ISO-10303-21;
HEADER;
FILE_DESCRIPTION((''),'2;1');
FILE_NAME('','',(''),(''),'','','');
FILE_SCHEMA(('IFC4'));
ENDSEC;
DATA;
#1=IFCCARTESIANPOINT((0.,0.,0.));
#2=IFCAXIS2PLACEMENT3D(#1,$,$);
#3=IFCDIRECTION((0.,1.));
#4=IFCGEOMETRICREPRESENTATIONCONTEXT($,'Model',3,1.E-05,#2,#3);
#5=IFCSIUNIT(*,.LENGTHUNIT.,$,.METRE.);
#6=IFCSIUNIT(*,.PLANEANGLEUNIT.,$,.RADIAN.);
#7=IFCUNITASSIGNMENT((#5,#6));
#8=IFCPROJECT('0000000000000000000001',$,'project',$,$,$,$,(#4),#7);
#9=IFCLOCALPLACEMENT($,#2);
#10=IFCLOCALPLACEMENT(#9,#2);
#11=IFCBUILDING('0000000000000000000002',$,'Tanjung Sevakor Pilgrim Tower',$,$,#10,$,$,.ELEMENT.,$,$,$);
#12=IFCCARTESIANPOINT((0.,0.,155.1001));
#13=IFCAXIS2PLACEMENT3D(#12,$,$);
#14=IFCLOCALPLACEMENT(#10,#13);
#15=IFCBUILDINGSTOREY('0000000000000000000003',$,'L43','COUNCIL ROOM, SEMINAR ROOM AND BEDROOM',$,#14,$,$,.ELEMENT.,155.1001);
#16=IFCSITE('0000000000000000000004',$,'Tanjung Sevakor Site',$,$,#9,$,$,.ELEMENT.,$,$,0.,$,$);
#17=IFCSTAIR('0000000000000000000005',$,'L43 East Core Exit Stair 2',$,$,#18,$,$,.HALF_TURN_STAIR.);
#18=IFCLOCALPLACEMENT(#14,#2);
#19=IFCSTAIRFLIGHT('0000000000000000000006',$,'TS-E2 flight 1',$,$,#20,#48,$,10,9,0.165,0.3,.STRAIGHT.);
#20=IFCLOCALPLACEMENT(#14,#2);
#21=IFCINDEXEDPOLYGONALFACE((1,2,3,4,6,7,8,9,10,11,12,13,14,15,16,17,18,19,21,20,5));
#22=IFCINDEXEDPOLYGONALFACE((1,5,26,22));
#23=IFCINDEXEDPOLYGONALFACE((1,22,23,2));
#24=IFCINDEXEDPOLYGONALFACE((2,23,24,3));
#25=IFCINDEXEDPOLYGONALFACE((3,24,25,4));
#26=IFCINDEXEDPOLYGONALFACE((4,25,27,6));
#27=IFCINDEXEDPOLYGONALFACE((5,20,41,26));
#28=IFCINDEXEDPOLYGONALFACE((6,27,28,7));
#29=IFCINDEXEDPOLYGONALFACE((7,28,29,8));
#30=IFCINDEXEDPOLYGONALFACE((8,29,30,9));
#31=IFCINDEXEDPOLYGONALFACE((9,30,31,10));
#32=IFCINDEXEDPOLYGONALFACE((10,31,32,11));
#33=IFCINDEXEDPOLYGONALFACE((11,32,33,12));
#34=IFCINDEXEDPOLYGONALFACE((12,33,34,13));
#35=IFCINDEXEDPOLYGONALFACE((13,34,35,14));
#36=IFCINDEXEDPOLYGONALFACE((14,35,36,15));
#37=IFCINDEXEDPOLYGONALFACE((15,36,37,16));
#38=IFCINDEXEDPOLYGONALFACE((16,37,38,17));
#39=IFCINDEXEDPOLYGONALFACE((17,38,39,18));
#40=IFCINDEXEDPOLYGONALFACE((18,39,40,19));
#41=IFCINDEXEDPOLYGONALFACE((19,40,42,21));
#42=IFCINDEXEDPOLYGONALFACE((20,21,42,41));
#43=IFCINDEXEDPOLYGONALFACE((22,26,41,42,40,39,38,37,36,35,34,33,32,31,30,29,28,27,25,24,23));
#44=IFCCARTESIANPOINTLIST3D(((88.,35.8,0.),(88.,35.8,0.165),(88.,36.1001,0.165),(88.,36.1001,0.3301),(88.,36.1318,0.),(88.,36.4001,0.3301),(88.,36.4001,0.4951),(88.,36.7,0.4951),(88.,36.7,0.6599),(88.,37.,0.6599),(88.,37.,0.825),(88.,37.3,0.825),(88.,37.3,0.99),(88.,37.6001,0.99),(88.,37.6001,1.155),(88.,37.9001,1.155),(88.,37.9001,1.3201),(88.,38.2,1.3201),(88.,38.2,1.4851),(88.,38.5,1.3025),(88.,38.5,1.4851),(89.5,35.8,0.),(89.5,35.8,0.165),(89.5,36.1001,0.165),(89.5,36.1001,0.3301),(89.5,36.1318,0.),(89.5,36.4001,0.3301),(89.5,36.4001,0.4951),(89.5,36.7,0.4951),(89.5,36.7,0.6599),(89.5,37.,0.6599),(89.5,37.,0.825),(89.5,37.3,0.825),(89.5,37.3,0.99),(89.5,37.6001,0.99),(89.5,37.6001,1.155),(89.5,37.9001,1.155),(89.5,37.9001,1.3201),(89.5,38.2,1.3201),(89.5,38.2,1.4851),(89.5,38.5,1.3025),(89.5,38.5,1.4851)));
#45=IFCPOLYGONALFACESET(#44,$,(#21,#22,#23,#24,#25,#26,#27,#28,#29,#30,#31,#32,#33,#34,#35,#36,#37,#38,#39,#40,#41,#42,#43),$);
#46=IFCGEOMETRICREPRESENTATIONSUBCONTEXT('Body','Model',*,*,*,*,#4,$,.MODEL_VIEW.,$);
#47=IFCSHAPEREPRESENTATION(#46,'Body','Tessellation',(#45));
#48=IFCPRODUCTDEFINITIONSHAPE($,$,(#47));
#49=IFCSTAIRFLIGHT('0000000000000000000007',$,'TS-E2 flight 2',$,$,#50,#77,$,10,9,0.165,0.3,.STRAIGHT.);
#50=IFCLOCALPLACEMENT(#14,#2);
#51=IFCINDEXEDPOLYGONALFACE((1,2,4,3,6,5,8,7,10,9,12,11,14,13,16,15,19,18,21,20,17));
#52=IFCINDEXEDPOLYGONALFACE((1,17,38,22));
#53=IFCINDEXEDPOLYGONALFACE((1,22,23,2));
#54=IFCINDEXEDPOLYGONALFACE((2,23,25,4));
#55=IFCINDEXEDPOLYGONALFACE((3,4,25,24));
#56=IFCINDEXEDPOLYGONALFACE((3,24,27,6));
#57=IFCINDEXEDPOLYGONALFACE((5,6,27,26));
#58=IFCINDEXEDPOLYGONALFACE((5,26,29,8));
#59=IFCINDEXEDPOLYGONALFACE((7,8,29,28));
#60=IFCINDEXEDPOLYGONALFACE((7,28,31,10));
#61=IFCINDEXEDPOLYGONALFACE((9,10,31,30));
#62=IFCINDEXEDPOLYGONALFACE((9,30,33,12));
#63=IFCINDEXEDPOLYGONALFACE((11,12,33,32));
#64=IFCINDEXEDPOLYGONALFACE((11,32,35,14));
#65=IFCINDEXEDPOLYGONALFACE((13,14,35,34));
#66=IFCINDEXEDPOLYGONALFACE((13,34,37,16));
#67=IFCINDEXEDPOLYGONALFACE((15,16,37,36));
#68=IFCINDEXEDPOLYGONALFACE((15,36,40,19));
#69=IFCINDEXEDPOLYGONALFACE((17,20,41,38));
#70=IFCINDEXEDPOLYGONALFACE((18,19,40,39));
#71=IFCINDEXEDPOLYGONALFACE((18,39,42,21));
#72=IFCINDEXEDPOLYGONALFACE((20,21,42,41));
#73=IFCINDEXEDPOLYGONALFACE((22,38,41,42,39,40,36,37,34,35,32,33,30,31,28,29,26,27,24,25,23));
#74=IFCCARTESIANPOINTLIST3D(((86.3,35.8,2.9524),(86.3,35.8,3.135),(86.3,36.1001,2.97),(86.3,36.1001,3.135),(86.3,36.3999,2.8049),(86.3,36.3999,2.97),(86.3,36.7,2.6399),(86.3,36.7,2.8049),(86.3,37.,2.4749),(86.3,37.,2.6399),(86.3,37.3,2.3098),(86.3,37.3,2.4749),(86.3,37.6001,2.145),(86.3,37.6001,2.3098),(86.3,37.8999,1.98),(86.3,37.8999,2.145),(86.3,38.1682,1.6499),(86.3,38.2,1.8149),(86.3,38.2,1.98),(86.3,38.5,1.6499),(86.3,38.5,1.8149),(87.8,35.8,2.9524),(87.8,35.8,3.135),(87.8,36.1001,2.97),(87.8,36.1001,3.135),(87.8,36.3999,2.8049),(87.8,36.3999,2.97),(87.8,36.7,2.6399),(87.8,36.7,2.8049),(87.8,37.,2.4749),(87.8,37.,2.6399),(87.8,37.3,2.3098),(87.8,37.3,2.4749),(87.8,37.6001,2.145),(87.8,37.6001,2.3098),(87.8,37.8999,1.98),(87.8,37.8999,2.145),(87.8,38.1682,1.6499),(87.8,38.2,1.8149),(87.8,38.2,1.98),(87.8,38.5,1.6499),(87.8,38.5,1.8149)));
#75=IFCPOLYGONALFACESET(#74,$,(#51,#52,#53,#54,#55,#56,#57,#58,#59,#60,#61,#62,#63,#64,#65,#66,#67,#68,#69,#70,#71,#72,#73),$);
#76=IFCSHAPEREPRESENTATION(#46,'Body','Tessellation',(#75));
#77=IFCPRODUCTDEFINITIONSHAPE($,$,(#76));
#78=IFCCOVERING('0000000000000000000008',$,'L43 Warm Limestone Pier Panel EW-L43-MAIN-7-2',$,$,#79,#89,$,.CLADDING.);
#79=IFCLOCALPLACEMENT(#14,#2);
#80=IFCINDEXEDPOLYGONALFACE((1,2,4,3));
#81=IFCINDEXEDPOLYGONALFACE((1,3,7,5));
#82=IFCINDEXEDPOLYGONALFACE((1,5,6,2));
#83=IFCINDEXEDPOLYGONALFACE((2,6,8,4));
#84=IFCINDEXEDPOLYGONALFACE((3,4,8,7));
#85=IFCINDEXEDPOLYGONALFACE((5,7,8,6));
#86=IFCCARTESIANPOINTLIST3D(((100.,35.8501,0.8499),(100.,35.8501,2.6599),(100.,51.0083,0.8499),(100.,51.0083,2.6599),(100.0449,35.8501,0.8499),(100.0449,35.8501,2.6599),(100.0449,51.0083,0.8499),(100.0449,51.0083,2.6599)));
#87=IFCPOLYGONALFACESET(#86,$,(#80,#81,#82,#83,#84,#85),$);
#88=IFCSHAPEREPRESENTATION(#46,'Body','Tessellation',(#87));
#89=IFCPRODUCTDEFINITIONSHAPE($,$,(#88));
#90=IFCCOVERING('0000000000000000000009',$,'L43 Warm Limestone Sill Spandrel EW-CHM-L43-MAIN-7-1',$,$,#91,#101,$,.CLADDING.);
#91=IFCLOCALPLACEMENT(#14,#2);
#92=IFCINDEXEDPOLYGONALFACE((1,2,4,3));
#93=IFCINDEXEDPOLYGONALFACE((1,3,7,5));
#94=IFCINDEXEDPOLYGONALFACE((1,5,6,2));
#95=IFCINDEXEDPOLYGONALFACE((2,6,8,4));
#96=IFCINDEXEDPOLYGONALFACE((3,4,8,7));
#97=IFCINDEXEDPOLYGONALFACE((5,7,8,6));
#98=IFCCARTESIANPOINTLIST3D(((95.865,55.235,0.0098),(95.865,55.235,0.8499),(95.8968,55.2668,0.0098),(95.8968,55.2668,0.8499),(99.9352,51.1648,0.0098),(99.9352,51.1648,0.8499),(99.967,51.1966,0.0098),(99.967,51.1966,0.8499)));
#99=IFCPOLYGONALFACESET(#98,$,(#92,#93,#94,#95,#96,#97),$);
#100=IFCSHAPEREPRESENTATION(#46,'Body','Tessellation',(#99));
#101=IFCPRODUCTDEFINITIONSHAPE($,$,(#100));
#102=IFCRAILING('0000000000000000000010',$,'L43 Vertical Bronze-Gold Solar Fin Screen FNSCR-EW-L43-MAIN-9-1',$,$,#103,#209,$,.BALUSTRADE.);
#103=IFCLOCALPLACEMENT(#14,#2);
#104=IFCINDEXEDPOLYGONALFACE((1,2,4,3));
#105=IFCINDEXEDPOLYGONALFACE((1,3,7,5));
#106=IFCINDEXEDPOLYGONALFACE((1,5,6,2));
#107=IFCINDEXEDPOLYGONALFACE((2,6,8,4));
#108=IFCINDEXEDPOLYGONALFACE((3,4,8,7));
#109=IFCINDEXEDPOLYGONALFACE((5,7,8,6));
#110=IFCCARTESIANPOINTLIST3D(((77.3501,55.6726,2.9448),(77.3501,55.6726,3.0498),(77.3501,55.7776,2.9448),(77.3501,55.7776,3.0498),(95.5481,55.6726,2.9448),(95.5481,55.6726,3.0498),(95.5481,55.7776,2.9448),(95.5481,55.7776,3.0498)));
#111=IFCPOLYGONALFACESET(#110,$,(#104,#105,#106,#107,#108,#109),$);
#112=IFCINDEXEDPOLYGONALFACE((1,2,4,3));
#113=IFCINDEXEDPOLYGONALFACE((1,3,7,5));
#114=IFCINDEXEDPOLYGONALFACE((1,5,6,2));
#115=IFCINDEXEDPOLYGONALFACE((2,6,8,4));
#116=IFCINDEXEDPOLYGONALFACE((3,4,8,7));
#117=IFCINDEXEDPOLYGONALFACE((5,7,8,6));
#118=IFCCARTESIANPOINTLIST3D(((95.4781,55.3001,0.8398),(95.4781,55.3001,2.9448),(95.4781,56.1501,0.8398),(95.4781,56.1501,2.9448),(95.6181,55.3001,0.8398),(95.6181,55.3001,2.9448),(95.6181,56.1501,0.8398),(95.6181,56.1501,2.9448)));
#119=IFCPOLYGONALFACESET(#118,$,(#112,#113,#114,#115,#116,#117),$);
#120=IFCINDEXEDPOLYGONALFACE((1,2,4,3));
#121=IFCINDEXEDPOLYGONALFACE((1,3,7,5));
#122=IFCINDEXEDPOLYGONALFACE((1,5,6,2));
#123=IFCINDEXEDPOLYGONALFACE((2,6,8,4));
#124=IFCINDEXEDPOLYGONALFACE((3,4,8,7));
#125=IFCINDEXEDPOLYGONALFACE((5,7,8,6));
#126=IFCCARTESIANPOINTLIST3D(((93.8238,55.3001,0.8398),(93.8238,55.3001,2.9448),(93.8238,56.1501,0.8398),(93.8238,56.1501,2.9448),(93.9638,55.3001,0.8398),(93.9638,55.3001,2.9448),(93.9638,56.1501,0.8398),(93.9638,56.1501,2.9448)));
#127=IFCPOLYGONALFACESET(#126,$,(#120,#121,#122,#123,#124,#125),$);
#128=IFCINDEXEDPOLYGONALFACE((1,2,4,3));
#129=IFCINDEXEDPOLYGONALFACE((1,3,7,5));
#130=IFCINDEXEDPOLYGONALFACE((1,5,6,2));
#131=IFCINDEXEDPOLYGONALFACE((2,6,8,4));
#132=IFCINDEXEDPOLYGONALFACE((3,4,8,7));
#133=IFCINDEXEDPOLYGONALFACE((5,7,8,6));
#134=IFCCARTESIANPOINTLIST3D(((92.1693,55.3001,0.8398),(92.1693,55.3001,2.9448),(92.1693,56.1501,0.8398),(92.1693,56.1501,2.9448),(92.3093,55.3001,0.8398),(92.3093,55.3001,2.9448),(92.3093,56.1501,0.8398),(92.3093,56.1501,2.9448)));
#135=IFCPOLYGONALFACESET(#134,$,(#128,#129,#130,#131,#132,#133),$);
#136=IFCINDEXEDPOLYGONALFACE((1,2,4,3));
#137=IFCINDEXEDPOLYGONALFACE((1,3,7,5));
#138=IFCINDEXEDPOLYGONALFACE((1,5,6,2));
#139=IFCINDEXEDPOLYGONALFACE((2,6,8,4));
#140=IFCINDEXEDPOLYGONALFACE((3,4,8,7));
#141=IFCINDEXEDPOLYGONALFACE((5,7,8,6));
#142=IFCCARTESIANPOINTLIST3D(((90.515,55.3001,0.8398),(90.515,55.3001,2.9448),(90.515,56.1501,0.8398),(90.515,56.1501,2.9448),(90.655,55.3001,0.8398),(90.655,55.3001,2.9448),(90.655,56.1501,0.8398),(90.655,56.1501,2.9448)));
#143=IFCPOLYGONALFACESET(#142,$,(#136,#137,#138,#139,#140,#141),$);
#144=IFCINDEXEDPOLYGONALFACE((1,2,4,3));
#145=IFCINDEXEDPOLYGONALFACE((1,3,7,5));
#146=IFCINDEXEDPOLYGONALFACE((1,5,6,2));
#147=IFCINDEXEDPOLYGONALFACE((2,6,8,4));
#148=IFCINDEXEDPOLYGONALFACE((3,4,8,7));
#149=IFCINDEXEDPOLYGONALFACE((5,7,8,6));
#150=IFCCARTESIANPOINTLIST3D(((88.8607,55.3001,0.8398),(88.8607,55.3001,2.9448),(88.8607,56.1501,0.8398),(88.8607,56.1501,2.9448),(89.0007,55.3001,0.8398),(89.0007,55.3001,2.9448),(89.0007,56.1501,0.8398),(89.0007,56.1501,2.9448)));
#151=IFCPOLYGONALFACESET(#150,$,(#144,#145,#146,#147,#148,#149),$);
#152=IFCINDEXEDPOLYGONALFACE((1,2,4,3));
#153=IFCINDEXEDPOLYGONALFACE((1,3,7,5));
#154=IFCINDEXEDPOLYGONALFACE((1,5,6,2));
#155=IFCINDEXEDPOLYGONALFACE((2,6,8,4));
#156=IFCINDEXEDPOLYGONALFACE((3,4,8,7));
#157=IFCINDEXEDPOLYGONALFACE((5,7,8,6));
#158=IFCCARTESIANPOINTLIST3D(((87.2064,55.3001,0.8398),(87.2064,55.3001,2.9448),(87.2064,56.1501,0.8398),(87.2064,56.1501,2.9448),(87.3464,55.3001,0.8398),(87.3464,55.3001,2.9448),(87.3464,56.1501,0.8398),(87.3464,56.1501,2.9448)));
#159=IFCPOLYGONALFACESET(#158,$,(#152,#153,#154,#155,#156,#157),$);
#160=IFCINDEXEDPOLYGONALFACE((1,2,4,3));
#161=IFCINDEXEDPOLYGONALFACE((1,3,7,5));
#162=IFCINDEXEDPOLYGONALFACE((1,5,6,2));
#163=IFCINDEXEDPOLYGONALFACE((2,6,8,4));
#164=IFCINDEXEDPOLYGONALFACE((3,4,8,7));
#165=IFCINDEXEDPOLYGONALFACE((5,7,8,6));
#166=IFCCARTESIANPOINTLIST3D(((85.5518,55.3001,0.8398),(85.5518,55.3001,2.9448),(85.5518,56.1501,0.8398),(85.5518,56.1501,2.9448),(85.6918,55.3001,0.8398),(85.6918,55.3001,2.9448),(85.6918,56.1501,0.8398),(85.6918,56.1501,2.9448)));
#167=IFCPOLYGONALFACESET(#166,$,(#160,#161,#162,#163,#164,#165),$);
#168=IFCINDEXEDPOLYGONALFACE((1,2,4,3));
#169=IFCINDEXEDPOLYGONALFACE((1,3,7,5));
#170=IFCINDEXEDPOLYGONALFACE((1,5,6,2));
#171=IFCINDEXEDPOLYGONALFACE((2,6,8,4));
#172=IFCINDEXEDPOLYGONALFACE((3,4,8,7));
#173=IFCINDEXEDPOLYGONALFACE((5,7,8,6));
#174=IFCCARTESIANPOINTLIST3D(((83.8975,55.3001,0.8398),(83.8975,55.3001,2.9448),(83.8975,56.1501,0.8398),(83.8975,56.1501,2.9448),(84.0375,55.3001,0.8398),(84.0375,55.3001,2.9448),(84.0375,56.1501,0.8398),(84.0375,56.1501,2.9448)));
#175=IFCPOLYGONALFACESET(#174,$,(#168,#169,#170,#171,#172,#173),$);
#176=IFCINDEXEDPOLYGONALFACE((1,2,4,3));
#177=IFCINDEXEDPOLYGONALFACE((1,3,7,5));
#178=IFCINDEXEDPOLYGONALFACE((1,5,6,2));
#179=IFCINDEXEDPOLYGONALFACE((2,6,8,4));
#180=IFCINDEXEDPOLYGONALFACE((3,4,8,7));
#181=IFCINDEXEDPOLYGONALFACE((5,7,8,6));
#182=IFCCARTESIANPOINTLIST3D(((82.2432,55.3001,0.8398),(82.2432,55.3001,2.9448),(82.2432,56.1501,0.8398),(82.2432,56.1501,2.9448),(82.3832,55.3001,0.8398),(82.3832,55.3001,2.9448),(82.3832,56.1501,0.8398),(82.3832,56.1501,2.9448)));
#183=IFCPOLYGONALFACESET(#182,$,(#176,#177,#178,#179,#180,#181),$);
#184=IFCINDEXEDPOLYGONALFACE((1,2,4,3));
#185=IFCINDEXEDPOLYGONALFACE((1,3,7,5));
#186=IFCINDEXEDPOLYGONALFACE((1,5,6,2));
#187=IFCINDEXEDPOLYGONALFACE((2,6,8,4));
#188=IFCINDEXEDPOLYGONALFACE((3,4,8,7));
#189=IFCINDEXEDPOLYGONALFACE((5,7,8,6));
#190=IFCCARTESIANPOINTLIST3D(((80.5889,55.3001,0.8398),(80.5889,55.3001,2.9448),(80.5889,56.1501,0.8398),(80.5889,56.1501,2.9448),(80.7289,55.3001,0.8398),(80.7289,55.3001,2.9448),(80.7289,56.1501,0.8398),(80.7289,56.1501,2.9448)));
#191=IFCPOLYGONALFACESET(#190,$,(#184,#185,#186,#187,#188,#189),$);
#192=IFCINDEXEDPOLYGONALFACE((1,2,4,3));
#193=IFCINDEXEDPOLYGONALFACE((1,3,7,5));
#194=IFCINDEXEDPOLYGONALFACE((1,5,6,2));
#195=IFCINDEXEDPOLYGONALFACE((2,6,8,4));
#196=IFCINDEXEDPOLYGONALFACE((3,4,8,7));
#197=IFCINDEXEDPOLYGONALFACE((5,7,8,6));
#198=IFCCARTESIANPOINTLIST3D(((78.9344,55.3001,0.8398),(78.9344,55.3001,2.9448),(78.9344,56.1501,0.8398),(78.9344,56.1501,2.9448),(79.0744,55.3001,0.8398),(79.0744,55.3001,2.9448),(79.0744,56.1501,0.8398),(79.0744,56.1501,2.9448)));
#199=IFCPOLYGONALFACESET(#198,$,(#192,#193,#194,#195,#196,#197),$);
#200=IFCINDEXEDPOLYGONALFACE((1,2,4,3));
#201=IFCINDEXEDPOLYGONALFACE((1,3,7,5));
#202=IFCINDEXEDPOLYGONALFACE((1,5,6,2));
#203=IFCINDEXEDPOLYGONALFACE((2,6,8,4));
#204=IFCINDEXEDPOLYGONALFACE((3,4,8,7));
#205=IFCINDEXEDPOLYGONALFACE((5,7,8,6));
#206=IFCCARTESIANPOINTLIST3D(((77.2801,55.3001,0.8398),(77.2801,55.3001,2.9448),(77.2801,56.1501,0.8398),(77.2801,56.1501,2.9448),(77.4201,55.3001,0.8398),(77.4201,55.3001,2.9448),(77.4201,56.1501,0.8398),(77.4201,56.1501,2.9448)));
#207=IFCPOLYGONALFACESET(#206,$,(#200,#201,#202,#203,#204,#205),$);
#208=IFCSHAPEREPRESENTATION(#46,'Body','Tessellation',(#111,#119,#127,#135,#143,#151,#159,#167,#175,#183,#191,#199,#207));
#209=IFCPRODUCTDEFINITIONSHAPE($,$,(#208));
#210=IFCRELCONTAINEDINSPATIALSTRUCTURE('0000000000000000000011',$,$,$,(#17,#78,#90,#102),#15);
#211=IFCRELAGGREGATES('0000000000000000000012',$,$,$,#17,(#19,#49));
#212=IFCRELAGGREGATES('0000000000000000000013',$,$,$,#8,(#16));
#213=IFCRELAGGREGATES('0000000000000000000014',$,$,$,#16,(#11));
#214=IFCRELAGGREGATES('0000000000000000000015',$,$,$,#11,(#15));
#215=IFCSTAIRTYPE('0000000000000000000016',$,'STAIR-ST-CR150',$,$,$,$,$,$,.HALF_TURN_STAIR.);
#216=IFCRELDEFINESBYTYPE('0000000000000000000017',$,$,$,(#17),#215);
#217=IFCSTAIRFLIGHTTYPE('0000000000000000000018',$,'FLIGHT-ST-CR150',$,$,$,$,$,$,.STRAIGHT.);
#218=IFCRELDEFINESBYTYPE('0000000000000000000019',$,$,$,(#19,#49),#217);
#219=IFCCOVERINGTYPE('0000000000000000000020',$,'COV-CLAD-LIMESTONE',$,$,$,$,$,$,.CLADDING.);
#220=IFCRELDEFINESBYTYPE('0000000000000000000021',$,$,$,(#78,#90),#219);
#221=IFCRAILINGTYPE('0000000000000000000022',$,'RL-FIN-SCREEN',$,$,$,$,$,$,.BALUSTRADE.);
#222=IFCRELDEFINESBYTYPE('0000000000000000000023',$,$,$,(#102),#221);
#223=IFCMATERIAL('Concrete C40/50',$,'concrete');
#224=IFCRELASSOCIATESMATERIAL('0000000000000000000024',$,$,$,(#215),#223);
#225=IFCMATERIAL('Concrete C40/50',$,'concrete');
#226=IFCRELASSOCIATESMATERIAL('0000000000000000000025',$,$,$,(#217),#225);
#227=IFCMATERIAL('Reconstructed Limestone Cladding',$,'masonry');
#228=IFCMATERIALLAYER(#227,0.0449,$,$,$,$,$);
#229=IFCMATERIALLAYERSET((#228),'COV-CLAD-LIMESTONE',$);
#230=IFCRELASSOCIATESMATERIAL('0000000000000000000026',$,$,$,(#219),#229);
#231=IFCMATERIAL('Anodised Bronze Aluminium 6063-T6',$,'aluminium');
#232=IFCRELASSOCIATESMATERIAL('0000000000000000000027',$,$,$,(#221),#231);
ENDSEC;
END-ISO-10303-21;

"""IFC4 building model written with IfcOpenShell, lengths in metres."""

from ifc_helpers import new_model, si_unit, direction, frame, origin, origin_2d, place, context, subcontext, project, spatial, polyline, rectangle, outline, extrude, material, layer, layer_set, type_object, element, aggregate, save


model = new_model("IFC4")

# Units and contexts
model_context = context("Model", 3, precision=1e-05, world=origin(), true_north=direction((0.0, 1.0)))
body_context = subcontext(model_context, "Body", "Model", "MODEL_VIEW")
ifc_project = project(units=[si_unit("LENGTHUNIT", "METRE"), si_unit("PLANEANGLEUNIT", "RADIAN")], contexts=[model_context])

# Site, building, storey
site_placement = place(None, origin())
site = spatial("IfcSite", under=ifc_project, at=site_placement, Name="Tanjung Sevakor Site", CompositionType="ELEMENT", RefElevation=0.0)
building_placement = place(site_placement, origin())
building = spatial("IfcBuilding", under=site, at=building_placement, Name="Tanjung Sevakor Pilgrim Tower", CompositionType="ELEMENT")
storey_placement = place(building_placement, frame((0.0, 0.0, 155.1001)))
storey = spatial("IfcBuildingStorey", under=building, at=storey_placement, Name="L43", Description="COUNCIL ROOM, SEMINAR ROOM AND BEDROOM", CompositionType="ELEMENT", Elevation=155.1001)

# Stair, stair flights
ifc_material_1 = material(Name="Concrete C40/50", Category="concrete")
stair_type = type_object("IfcStairType", Name="STAIR-ST-CR150", PredefinedType="HALF_TURN_STAIR", material=ifc_material_1)
stair_placement = place(storey_placement, origin())
stair = element("IfcStair", 1, at=stair_placement, inside=storey, type_object=stair_type, Name="L43 East Core Exit Stair 2", PredefinedType="HALF_TURN_STAIR")
ifc_material_2 = material(Name="Concrete C40/50", Category="concrete")
stair_flight_type = type_object("IfcStairFlightType", Name="FLIGHT-ST-CR150", PredefinedType="STRAIGHT", material=ifc_material_2)
stair_flight_1_placement = place(storey_placement, frame((88.75, 35.8, 0.0), z_axis=(0.0, 0.0, 1.0), x_axis=(0.0, 1.0, 0.0)))
stair_flight_1 = element("IfcStairFlight", 2, at=stair_flight_1_placement, type_object=stair_flight_type, Name="TS-E2 flight 1", NumberOfRisers=10, NumberOfTreads=9, PredefinedType="STRAIGHT", RiserHeight=0.165, TreadLength=0.3, context=body_context, shape_type="SweptSolid", body=[
    extrude(outline(polyline([(0.0, 0.0), (0.0, 0.165), (0.3, 0.165), (0.3, 0.3301), (0.6001, 0.3301), (0.6001, 0.4951), (0.8999, 0.4951), (0.8999, 0.6599), (1.2, 0.6599), (1.2, 0.825), (1.5, 0.825), (1.5, 0.99), (1.8, 0.99), (1.8, 1.155), (2.1001, 1.155), (2.1001, 1.3201), (2.3999, 1.3201), (2.3999, 1.4851), (2.7, 1.4851), (2.7, 1.6499), (2.7, 1.3025), (0.3318, 0.0), (0.0, 0.0)])), frame((0.0, 0.75, 0.0), z_axis=(0.0, -1.0, 0.0), x_axis=(1.0, 0.0, 0.0)), (0.0, 0.0, 1.0), 1.5),
])
stair_flight_2_placement = place(storey_placement, frame((87.05, 38.5, 1.6499), z_axis=(0.0, 0.0, 1.0), x_axis=(0.0, -1.0, 0.0)))
stair_flight_2 = element("IfcStairFlight", 3, at=stair_flight_2_placement, type_object=stair_flight_type, Name="TS-E2 flight 2", NumberOfRisers=10, NumberOfTreads=9, PredefinedType="STRAIGHT", RiserHeight=0.165, TreadLength=0.3, context=body_context, shape_type="SweptSolid", body=[
    extrude(outline(polyline([(0.0, 0.0), (0.0, 0.165), (0.3, 0.165), (0.3, 0.3301), (0.6001, 0.3301), (0.6001, 0.4951), (0.8999, 0.4951), (0.8999, 0.6599), (1.2, 0.6599), (1.2, 0.825), (1.5, 0.825), (1.5, 0.99), (1.8, 0.99), (1.8, 1.155), (2.1001, 1.155), (2.1001, 1.3201), (2.3999, 1.3201), (2.3999, 1.4851), (2.7, 1.4851), (2.7, 1.6499), (2.7, 1.3025), (0.3318, 0.0), (0.0, 0.0)])), frame((0.0, 0.75, 0.0), z_axis=(0.0, -1.0, 0.0), x_axis=(1.0, 0.0, 0.0)), (0.0, 0.0, 1.0), 1.5),
])
aggregate(stair, [stair_flight_1, stair_flight_2])

# Coverings
ifc_material_3 = material(Name="Reconstructed Limestone Cladding", Category="masonry")
ifc_layer_1 = layer(ifc_material_3, 0.0449)
ifc_layer_set_1 = layer_set([ifc_layer_1], Name="COV-CLAD-LIMESTONE")
covering_type = type_object("IfcCoveringType", Name="COV-CLAD-LIMESTONE", PredefinedType="CLADDING", material=ifc_layer_set_1)
covering_1_placement = place(storey_placement, frame((100.0225, 43.4292, 0.8499), z_axis=(0.0, 0.0, 1.0), x_axis=(0.0, 1.0, 0.0)))
element("IfcCovering", 4, at=covering_1_placement, inside=storey, type_object=covering_type, Name="L43 Warm Limestone Pier Panel EW-L43-MAIN-7-2", PredefinedType="CLADDING", context=body_context, shape_type="SweptSolid", body=[
    extrude(rectangle(XDim=15.1582, YDim=0.0449, at=origin_2d()), origin(), (0.0, 0.0, 1.0), 1.8101),
])
covering_2_placement = place(storey_placement, frame((97.916, 53.2158, 0.0098), z_axis=(0.0, 0.0, 1.0), x_axis=(-0.707107, 0.707107, 0.0)))
element("IfcCovering", 5, at=covering_2_placement, inside=storey, type_object=covering_type, Name="L43 Warm Limestone Sill Spandrel EW-CHM-L43-MAIN-7-1", PredefinedType="CLADDING", context=body_context, shape_type="SweptSolid", body=[
    extrude(rectangle(XDim=5.7561, YDim=0.0449, at=origin_2d()), origin(), (0.0, 0.0, 1.0), 0.8401),
])

# Railing
ifc_material_4 = material(Name="Anodised Bronze Aluminium 6063-T6", Category="aluminium")
railing_type_1 = type_object("IfcRailingType", Name="RL-FIN-SCREEN", PredefinedType="BALUSTRADE", material=ifc_material_4)
railing_1_placement = place(storey_placement, frame((95.5481, 55.7251, 0.8398)))
element("IfcRailing", 6, at=railing_1_placement, inside=storey, type_object=railing_type_1, Name="L43 Vertical Bronze-Gold Solar Fin Screen FNSCR-EW-L43-MAIN-9-1", PredefinedType="BALUSTRADE", context=body_context, shape_type="SweptSolid", body=[
    extrude(rectangle(XDim=0.105, YDim=0.105), frame((0.0, 0.0, 2.1575), z_axis=(-1.0, 0.0, 0.0), x_axis=(0.0, -1.0, 0.0)), (0.0, 0.0, 1.0), 18.198),
    extrude(rectangle(XDim=0.14, YDim=0.85), origin(), (0.0, 0.0, 1.0), 2.105),
    extrude(rectangle(XDim=0.14, YDim=0.85), frame((-1.6543, 0.0, 0.0)), (0.0, 0.0, 1.0), 2.105),
    extrude(rectangle(XDim=0.14, YDim=0.85), frame((-3.3088, 0.0, 0.0)), (0.0, 0.0, 1.0), 2.105),
    extrude(rectangle(XDim=0.14, YDim=0.85), frame((-4.9631, 0.0, 0.0)), (0.0, 0.0, 1.0), 2.105),
    extrude(rectangle(XDim=0.14, YDim=0.85), frame((-6.6174, 0.0, 0.0)), (0.0, 0.0, 1.0), 2.105),
    extrude(rectangle(XDim=0.14, YDim=0.85), frame((-8.2717, 0.0, 0.0)), (0.0, 0.0, 1.0), 2.105),
    extrude(rectangle(XDim=0.14, YDim=0.85), frame((-9.9263, 0.0, 0.0)), (0.0, 0.0, 1.0), 2.105),
    extrude(rectangle(XDim=0.14, YDim=0.85), frame((-11.5806, 0.0, 0.0)), (0.0, 0.0, 1.0), 2.105),
    extrude(rectangle(XDim=0.14, YDim=0.85), frame((-13.2349, 0.0, 0.0)), (0.0, 0.0, 1.0), 2.105),
    extrude(rectangle(XDim=0.14, YDim=0.85), frame((-14.8892, 0.0, 0.0)), (0.0, 0.0, 1.0), 2.105),
    extrude(rectangle(XDim=0.14, YDim=0.85), frame((-16.5437, 0.0, 0.0)), (0.0, 0.0, 1.0), 2.105),
    extrude(rectangle(XDim=0.14, YDim=0.85), frame((-18.198, 0.0, 0.0)), (0.0, 0.0, 1.0), 2.105),
])

save(model, "model.ifc")
